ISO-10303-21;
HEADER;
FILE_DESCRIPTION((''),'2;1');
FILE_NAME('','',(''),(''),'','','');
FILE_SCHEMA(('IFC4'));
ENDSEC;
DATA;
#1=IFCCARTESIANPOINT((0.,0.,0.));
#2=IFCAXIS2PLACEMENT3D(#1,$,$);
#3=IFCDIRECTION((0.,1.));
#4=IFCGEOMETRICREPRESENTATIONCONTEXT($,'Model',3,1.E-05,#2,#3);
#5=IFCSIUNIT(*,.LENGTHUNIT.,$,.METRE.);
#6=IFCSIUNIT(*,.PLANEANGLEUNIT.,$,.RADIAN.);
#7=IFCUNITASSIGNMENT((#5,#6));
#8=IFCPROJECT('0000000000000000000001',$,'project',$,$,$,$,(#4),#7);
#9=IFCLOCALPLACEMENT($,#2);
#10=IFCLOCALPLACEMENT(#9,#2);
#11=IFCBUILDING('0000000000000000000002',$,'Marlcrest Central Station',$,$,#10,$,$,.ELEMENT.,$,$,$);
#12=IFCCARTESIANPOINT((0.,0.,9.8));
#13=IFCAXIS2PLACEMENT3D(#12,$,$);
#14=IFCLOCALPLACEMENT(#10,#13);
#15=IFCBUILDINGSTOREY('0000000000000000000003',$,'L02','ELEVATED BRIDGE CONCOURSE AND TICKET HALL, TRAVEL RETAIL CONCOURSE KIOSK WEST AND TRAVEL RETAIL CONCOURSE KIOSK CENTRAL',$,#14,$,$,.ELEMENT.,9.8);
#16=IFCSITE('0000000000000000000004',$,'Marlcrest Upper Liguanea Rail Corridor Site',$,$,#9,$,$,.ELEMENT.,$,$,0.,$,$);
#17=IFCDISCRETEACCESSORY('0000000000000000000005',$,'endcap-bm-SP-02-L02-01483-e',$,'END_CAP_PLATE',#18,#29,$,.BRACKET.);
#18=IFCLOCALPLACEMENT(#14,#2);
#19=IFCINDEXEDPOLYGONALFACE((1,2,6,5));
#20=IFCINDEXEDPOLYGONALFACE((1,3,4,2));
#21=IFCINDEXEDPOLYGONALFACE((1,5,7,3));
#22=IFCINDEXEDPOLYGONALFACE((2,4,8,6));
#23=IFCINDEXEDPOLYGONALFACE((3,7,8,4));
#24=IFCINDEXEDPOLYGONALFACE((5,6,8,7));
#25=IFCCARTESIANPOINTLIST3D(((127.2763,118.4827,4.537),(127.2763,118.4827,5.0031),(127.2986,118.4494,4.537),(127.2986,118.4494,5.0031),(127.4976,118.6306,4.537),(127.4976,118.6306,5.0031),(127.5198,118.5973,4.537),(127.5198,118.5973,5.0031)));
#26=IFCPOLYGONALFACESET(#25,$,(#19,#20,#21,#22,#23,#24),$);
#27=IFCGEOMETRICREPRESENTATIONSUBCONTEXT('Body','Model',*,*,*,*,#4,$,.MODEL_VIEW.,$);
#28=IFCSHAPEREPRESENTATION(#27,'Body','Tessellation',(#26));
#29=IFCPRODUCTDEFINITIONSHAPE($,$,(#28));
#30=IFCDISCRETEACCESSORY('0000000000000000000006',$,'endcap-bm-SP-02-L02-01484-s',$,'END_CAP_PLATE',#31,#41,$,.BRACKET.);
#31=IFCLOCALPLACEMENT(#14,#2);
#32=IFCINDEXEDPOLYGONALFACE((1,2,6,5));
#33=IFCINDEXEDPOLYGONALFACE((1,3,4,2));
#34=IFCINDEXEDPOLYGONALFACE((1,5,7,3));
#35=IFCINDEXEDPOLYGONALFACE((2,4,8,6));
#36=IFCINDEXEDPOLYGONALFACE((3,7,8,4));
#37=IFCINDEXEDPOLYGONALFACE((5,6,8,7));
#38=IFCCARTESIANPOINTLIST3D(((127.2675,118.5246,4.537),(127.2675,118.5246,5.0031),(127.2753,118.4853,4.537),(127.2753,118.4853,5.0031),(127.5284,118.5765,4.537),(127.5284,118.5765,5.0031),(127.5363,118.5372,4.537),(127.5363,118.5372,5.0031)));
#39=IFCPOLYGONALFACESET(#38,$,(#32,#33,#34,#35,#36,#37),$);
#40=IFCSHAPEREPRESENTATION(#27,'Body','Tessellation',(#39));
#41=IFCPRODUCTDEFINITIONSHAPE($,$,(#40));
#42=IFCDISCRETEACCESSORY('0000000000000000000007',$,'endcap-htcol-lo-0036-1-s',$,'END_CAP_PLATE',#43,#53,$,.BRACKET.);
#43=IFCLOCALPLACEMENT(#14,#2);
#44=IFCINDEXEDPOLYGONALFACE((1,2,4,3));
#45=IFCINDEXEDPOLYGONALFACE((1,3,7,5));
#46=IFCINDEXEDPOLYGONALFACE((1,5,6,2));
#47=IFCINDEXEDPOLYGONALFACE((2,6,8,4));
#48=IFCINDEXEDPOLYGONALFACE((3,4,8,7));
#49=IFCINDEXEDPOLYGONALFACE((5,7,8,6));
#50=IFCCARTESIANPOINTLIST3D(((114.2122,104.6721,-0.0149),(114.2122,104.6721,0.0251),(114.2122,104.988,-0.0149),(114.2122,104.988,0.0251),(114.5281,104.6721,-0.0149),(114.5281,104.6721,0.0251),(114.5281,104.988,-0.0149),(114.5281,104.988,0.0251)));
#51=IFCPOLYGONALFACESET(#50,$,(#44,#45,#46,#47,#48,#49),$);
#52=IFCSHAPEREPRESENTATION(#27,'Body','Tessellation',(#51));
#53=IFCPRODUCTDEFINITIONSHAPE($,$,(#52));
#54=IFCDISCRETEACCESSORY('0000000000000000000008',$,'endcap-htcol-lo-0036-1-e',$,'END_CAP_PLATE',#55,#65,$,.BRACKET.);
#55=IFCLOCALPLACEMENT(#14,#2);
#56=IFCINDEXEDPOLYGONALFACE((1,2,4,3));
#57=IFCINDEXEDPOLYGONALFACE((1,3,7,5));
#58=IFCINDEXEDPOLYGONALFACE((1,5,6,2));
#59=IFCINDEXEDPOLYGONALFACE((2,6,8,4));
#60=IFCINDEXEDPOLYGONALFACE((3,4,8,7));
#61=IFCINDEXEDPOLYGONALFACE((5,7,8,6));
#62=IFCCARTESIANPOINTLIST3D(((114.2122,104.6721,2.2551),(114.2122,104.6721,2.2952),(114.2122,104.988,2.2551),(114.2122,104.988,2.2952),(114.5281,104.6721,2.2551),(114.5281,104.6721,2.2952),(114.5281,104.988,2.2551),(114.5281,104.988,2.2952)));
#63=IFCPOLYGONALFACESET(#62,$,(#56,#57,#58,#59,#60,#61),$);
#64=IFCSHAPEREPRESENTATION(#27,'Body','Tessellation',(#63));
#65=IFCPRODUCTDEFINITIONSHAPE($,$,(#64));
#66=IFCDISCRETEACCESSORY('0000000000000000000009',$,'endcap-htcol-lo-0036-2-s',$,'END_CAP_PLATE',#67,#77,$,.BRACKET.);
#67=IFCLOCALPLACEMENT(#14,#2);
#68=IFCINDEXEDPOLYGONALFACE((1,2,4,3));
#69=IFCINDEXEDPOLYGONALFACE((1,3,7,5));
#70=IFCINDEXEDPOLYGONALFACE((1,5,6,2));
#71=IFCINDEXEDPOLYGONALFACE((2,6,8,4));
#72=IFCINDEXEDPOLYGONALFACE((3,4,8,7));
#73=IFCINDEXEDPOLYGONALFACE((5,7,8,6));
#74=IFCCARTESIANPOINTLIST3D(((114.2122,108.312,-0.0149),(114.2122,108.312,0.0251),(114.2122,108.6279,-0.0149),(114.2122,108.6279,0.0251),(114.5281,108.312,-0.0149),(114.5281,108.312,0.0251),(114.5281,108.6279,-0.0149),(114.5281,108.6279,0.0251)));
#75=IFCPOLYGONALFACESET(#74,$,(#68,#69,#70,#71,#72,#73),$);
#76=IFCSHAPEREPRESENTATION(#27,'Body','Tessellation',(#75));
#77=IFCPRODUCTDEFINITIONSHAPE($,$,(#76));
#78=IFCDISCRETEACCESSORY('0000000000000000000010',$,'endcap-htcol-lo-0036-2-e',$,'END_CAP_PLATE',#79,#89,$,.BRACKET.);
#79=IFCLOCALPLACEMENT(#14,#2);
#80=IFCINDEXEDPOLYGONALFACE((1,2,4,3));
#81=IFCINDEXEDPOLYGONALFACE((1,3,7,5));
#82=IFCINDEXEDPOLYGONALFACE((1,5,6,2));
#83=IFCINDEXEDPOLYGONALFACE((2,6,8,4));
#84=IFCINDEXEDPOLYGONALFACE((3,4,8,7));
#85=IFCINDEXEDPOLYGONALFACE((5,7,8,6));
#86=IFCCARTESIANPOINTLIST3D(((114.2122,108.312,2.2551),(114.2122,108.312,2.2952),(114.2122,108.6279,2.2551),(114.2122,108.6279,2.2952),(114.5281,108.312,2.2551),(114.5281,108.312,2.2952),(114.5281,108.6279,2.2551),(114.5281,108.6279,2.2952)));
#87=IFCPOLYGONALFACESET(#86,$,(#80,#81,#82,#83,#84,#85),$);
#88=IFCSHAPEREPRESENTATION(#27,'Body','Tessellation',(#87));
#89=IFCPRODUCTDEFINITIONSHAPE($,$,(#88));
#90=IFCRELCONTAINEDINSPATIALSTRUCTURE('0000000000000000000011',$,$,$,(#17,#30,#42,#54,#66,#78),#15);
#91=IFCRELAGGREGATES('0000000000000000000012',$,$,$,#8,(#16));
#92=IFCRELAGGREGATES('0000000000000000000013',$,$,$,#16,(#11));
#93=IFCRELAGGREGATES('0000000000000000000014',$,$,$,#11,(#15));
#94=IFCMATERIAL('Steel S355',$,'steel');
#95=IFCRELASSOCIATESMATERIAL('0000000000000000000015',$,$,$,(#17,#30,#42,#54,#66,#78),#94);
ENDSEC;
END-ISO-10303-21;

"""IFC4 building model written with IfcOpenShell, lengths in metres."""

from ifc_helpers import new_model, si_unit, direction, frame, origin, origin_2d, place, context, subcontext, project, spatial, rectangle, extrude, material, element, save


model = new_model("IFC4")

# Units and contexts
model_context = context("Model", 3, precision=1e-05, world=origin(), true_north=direction((0.0, 1.0)))
body_context = subcontext(model_context, "Body", "Model", "MODEL_VIEW")
ifc_project = project(units=[si_unit("LENGTHUNIT", "METRE"), si_unit("PLANEANGLEUNIT", "RADIAN")], contexts=[model_context])

# Site, building, storey
site_placement = place(None, origin())
site = spatial("IfcSite", under=ifc_project, at=site_placement, Name="Marlcrest Upper Liguanea Rail Corridor Site", CompositionType="ELEMENT", RefElevation=0.0)
building_placement = place(site_placement, origin())
building = spatial("IfcBuilding", under=site, at=building_placement, Name="Marlcrest Central Station", CompositionType="ELEMENT")
storey_placement = place(building_placement, frame((0.0, 0.0, 9.8)))
storey = spatial("IfcBuildingStorey", under=building, at=storey_placement, Name="L02", Description="ELEVATED BRIDGE CONCOURSE AND TICKET HALL, TRAVEL RETAIL CONCOURSE KIOSK WEST AND TRAVEL RETAIL CONCOURSE KIOSK CENTRAL", CompositionType="ELEMENT", Elevation=9.8)

# Shared definitions
ifc_material_1 = material(Name="Steel S355", Category="steel")

# Discrete accessories
for number, where, z_axis, x_axis, name in (
    (1, (127.387, 118.5566, 4.77), (0.555511, -0.831509, 0.0), (0.831509, 0.555511, 0.0), "endcap-bm-SP-02-L02-01483-e"),
    (2, (127.3979, 118.5505, 4.77), (0.195171, -0.980769, 0.0), (0.980769, 0.195171, 0.0), "endcap-bm-SP-02-L02-01484-s"),
):
    element("IfcDiscreteAccessory", number, at=place(storey_placement, frame(where, z_axis=z_axis, x_axis=x_axis)), inside=storey, material=ifc_material_1, Name=name, ObjectType="END_CAP_PLATE", PredefinedType="BRACKET", context=body_context, shape_type="SweptSolid", body=[
        extrude(rectangle(XDim=0.2661, YDim=0.4661, at=origin_2d()), origin(), (0.0, 0.0, 1.0), 0.04),
    ])
for number, where, z_axis, x_axis, name in (
    (3, (114.3701, 104.8301, -0.0149), (0.0, 0.0, 1.0), (1.0, 0.0, 0.0), "endcap-htcol-lo-0036-1-s"),
    (4, (114.3701, 104.8301, 2.2551), (0.0, 0.0, 1.0), (1.0, 0.0, 0.0), "endcap-htcol-lo-0036-1-e"),
    (5, (114.3701, 108.47, -0.0149), (0.0, 0.0, 1.0), (1.0, 0.0, 0.0), "endcap-htcol-lo-0036-2-s"),
    (6, (114.3701, 108.47, 2.2551), (0.0, 0.0, 1.0), (1.0, 0.0, 0.0), "endcap-htcol-lo-0036-2-e"),
):
    element("IfcDiscreteAccessory", number, at=place(storey_placement, frame(where, z_axis=z_axis, x_axis=x_axis)), inside=storey, material=ifc_material_1, Name=name, ObjectType="END_CAP_PLATE", PredefinedType="BRACKET", context=body_context, shape_type="SweptSolid", body=[
        extrude(rectangle(XDim=0.3159, YDim=0.3159, at=origin_2d()), origin(), (0.0, 0.0, 1.0), 0.04),
    ])

save(model, "model.ifc")
